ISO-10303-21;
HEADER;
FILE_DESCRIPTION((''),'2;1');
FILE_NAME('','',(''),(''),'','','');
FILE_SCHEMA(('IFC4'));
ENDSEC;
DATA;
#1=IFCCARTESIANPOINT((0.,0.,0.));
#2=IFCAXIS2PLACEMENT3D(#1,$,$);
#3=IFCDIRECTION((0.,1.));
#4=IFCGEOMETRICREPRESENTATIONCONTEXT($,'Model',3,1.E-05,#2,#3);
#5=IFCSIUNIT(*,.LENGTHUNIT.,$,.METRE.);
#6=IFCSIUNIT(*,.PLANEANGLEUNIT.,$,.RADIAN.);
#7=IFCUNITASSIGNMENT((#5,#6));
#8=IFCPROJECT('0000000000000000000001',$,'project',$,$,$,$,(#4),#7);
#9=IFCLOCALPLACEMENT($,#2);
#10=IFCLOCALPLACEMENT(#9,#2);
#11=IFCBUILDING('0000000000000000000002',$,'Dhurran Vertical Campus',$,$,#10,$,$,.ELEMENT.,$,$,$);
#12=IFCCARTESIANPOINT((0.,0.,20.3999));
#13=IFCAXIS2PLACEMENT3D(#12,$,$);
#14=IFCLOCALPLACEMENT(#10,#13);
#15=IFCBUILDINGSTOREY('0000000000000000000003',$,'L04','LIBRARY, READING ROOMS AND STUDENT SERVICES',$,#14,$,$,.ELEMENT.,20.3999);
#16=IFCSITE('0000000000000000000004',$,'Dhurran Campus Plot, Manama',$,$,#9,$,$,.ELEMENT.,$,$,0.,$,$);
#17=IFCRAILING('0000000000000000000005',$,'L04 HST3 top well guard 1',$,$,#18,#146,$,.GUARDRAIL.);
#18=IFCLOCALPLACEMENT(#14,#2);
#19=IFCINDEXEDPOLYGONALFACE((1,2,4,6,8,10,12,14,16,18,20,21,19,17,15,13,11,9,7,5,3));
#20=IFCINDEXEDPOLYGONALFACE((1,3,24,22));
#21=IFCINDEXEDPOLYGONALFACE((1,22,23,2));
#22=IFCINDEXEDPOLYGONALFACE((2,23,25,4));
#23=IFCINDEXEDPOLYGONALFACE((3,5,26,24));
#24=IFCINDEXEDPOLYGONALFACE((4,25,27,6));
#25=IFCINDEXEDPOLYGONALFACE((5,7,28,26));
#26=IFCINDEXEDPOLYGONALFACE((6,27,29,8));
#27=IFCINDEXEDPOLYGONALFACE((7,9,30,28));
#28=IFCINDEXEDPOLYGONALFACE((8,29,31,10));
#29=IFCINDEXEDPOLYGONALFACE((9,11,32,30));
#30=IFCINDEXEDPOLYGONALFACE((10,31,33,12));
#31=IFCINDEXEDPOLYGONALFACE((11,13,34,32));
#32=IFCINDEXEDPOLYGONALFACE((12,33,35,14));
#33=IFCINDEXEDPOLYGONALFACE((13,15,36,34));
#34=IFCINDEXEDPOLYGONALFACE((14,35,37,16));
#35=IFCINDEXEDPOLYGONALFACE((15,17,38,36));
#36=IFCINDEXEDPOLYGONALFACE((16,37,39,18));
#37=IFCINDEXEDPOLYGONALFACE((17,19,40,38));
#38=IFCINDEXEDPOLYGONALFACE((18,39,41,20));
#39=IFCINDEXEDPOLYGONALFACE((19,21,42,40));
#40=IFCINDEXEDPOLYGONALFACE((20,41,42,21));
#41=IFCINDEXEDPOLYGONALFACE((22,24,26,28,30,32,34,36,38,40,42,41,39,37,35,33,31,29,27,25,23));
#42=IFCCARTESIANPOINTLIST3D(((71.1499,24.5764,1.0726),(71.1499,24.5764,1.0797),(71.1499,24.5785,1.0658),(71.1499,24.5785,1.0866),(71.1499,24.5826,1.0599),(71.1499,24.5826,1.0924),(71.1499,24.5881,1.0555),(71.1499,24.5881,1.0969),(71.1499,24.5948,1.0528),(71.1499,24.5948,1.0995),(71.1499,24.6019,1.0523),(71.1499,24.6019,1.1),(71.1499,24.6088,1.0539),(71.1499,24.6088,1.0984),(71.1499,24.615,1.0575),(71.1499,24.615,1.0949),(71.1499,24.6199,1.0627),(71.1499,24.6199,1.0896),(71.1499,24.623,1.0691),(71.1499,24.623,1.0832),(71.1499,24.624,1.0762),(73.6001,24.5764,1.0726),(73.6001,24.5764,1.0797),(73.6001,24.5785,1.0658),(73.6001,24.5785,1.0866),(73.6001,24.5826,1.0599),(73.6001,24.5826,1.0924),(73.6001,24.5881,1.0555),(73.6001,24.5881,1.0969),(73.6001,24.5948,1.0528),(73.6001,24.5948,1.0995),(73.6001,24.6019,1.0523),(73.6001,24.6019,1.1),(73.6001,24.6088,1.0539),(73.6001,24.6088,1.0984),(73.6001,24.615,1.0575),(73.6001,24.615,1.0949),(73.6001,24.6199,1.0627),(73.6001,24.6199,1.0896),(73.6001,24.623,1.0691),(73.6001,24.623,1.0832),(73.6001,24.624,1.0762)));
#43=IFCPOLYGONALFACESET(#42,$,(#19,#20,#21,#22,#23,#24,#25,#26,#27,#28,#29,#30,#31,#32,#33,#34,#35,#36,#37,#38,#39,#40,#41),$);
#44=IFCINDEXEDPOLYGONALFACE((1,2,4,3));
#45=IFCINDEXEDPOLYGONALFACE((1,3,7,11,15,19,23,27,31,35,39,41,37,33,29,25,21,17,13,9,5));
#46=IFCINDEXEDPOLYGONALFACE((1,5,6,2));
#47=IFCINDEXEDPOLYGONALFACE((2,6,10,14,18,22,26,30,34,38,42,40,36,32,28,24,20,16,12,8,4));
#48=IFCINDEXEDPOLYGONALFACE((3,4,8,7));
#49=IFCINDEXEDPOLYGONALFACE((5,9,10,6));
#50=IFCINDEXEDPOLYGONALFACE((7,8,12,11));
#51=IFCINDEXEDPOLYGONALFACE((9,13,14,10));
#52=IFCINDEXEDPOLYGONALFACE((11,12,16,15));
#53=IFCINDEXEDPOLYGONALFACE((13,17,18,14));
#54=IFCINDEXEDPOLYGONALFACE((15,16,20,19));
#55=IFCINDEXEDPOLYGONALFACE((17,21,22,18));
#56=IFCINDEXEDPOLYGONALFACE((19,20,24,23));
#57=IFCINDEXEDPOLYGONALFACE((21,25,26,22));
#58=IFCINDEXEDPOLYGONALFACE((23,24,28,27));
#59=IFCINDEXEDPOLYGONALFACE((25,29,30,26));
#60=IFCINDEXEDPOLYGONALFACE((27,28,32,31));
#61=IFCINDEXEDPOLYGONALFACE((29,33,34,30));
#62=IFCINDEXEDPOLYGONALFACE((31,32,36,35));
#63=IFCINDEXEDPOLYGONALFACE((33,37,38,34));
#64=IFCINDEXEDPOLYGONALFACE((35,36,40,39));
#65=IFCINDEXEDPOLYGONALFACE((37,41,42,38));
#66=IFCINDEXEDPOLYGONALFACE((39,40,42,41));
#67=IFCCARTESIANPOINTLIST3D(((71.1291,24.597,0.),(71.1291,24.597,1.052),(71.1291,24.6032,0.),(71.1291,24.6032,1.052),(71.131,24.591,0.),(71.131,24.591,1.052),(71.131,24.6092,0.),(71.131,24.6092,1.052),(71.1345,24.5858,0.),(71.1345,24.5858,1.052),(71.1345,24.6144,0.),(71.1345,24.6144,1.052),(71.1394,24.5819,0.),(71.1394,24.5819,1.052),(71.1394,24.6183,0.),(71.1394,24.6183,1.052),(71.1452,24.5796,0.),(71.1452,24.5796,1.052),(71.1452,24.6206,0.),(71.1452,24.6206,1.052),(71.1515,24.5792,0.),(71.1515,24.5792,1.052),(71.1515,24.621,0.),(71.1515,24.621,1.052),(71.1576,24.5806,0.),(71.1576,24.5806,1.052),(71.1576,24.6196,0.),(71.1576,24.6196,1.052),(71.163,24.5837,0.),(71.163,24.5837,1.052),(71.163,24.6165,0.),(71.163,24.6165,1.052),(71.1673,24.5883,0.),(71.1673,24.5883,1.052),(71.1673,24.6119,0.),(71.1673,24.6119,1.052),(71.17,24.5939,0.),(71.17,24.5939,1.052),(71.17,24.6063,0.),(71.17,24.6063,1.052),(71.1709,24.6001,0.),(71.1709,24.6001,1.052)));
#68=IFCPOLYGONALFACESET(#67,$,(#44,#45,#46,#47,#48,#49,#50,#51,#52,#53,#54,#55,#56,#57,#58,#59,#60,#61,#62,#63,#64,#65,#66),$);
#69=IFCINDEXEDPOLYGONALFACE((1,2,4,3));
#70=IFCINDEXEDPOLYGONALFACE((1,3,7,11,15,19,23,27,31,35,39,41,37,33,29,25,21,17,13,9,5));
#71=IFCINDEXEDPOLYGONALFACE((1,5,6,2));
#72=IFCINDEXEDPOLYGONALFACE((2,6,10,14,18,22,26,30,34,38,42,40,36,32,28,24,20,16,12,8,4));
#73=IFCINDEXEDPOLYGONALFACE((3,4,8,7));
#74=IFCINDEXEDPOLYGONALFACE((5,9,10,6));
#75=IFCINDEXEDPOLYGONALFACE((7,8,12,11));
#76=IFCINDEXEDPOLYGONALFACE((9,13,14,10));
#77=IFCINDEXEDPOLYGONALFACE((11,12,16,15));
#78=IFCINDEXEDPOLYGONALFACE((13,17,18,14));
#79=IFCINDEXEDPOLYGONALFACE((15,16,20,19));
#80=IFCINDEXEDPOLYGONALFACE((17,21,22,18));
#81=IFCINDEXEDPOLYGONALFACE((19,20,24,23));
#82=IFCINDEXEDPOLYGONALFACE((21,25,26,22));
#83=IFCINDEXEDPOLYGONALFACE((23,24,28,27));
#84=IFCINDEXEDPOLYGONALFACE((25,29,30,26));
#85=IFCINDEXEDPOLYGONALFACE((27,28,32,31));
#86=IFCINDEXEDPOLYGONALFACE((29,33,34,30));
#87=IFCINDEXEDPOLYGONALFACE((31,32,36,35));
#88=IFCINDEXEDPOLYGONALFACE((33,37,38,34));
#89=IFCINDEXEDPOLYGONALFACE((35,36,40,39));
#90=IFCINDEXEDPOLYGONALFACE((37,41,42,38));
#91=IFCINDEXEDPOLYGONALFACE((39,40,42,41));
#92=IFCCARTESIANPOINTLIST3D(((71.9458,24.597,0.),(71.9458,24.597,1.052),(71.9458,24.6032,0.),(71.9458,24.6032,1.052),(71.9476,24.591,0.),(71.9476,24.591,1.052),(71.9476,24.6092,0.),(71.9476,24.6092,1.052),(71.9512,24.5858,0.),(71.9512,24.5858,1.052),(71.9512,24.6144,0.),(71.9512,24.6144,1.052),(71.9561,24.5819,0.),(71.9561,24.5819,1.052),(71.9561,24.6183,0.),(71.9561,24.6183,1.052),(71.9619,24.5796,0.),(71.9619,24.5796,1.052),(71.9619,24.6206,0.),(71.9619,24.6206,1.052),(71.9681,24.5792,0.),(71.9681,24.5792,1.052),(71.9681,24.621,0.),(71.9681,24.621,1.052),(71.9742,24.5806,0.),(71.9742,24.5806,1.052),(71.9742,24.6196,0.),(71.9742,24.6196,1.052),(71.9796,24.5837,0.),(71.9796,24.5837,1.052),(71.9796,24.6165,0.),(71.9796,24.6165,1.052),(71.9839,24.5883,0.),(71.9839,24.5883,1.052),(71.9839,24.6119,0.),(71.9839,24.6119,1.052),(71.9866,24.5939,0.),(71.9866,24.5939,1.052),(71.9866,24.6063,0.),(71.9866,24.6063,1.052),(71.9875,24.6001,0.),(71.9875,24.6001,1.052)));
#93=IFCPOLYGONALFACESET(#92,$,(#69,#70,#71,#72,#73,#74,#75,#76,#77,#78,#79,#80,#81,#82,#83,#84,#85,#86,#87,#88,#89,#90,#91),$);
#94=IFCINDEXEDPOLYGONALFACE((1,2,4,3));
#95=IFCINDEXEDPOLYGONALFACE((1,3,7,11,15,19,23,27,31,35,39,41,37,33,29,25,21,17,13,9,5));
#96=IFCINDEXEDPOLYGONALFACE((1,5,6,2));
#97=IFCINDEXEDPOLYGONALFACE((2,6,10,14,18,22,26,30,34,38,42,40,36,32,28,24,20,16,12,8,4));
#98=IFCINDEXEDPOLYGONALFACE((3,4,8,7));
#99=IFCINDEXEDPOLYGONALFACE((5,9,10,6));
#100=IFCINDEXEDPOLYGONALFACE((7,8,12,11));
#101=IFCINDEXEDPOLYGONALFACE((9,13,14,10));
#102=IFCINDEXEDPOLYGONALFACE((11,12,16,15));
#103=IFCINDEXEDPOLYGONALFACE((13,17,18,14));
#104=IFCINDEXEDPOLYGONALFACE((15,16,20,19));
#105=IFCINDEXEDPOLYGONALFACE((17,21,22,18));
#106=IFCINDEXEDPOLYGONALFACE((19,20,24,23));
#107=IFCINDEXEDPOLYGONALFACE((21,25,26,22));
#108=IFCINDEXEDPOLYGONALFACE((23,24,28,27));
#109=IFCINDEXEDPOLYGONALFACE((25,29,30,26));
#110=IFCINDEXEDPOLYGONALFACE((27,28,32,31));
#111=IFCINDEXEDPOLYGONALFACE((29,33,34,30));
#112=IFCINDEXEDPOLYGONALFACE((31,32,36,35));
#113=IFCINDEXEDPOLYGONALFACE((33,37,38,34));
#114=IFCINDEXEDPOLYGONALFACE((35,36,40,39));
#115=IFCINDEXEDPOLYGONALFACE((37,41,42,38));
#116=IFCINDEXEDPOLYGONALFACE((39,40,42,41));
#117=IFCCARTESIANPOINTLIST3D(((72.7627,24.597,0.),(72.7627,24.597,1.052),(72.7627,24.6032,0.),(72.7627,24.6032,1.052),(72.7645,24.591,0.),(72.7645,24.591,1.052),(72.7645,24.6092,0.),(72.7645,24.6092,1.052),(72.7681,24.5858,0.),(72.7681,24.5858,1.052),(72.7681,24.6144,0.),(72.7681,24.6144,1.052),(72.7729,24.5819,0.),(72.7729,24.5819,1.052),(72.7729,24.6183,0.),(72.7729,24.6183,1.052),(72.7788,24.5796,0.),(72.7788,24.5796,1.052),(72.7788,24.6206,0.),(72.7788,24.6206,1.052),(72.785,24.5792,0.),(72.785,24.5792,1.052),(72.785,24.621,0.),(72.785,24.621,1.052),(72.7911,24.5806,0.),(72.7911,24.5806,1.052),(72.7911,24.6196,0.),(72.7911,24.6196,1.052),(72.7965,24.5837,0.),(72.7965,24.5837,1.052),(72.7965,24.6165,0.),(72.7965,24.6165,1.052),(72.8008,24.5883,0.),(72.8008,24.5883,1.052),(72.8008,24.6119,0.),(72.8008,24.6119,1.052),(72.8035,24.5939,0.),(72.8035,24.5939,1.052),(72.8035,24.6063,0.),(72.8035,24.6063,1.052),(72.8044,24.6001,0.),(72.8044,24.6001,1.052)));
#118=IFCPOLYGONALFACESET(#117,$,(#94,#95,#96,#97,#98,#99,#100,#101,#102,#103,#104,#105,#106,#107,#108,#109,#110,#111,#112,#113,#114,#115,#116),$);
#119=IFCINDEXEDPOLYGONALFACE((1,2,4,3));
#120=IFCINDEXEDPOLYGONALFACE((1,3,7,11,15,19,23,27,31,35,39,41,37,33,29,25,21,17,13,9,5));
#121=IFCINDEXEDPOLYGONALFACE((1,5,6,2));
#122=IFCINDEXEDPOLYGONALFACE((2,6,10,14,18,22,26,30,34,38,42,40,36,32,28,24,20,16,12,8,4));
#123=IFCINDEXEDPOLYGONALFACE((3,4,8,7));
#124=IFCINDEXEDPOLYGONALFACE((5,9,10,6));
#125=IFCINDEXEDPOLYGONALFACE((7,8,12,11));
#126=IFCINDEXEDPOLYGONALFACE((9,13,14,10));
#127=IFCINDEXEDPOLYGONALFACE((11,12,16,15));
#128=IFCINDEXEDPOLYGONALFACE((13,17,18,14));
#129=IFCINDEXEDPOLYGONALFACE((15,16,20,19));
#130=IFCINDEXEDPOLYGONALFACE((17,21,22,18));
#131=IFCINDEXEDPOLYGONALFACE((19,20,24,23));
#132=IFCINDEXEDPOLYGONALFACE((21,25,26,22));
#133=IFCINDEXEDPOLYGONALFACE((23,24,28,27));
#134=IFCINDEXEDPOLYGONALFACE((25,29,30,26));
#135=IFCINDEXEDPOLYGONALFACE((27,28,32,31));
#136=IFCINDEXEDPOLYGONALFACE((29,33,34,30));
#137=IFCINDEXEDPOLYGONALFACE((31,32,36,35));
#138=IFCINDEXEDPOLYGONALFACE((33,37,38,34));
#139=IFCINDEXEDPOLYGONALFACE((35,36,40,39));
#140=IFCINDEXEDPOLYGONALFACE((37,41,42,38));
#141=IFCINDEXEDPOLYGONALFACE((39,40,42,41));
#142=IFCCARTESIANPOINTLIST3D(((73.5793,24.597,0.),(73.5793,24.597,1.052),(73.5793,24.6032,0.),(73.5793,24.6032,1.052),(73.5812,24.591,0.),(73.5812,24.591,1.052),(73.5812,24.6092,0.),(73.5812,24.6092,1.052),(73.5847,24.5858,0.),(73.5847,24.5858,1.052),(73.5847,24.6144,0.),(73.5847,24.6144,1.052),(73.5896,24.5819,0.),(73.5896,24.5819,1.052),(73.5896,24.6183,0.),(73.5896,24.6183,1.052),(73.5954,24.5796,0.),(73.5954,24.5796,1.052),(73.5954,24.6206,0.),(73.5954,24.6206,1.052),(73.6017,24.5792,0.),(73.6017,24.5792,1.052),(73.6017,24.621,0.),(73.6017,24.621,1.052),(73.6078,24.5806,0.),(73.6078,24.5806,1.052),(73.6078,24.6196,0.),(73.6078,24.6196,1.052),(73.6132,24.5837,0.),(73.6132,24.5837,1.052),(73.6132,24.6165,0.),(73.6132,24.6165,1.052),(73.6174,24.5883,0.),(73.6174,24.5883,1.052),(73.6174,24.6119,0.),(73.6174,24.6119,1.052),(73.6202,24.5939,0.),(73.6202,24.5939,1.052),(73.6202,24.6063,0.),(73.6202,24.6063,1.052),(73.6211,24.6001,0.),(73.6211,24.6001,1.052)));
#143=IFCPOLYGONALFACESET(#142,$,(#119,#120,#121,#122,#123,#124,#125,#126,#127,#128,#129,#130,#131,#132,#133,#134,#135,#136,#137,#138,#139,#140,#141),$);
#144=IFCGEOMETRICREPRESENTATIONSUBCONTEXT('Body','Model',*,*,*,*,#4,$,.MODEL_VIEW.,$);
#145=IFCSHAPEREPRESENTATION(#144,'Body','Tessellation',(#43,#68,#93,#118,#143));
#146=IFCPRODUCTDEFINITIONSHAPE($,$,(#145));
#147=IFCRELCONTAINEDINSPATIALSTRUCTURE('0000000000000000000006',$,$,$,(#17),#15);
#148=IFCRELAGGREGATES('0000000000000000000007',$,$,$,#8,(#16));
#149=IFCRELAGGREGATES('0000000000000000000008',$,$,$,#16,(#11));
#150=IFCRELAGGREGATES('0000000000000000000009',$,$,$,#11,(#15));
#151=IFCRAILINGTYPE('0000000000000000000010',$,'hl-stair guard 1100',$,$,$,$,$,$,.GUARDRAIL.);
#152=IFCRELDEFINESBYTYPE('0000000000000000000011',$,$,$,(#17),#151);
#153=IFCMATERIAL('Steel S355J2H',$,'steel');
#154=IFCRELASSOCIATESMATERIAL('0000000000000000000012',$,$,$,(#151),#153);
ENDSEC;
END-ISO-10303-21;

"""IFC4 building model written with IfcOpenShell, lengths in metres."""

from ifc_helpers import new_model, si_unit, direction, frame, origin, origin_2d, place, context, subcontext, project, spatial, circle, extrude, material, type_object, element, save


model = new_model("IFC4")

# Units and contexts
model_context = context("Model", 3, precision=1e-05, world=origin(), true_north=direction((0.0, 1.0)))
body_context = subcontext(model_context, "Body", "Model", "MODEL_VIEW")
ifc_project = project(units=[si_unit("LENGTHUNIT", "METRE"), si_unit("PLANEANGLEUNIT", "RADIAN")], contexts=[model_context])

# Site, building, storey
site_placement = place(None, origin())
site = spatial("IfcSite", under=ifc_project, at=site_placement, Name="Dhurran Campus Plot, Manama", CompositionType="ELEMENT", RefElevation=0.0)
building_placement = place(site_placement, origin())
building = spatial("IfcBuilding", under=site, at=building_placement, Name="Dhurran Vertical Campus", CompositionType="ELEMENT")
storey_placement = place(building_placement, frame((0.0, 0.0, 20.3999)))
storey = spatial("IfcBuildingStorey", under=building, at=storey_placement, Name="L04", Description="LIBRARY, READING ROOMS AND STUDENT SERVICES", CompositionType="ELEMENT", Elevation=20.3999)

# Railing
ifc_material_1 = material(Name="Steel S355J2H", Category="steel")
railing_type = type_object("IfcRailingType", Name="hl-stair guard 1100", PredefinedType="GUARDRAIL", material=ifc_material_1)
railing_placement = place(storey_placement, frame((71.1499, 24.6001, 0.0)))
element("IfcRailing", 1, at=railing_placement, inside=storey, type_object=railing_type, Name="L04 HST3 top well guard 1", PredefinedType="GUARDRAIL", context=body_context, shape_type="SweptSolid", body=[
    extrude(circle(Radius=0.0239, at=origin_2d()), frame((0.0, 0.0, 1.0762), z_axis=(1.0, 0.0, 0.0), x_axis=(0.0, 1.0, 0.0)), (0.0, 0.0, 1.0), 2.4502),
    extrude(circle(Radius=0.021, at=origin_2d()), origin(), (0.0, 0.0, 1.0), 1.052),
    extrude(circle(Radius=0.021, at=origin_2d()), frame((0.8167, 0.0, 0.0)), (0.0, 0.0, 1.0), 1.052),
    extrude(circle(Radius=0.021, at=origin_2d()), frame((1.6335, 0.0, 0.0)), (0.0, 0.0, 1.0), 1.052),
    extrude(circle(Radius=0.021, at=origin_2d()), frame((2.4502, 0.0, 0.0)), (0.0, 0.0, 1.0), 1.052),
])

save(model, "model.ifc")
